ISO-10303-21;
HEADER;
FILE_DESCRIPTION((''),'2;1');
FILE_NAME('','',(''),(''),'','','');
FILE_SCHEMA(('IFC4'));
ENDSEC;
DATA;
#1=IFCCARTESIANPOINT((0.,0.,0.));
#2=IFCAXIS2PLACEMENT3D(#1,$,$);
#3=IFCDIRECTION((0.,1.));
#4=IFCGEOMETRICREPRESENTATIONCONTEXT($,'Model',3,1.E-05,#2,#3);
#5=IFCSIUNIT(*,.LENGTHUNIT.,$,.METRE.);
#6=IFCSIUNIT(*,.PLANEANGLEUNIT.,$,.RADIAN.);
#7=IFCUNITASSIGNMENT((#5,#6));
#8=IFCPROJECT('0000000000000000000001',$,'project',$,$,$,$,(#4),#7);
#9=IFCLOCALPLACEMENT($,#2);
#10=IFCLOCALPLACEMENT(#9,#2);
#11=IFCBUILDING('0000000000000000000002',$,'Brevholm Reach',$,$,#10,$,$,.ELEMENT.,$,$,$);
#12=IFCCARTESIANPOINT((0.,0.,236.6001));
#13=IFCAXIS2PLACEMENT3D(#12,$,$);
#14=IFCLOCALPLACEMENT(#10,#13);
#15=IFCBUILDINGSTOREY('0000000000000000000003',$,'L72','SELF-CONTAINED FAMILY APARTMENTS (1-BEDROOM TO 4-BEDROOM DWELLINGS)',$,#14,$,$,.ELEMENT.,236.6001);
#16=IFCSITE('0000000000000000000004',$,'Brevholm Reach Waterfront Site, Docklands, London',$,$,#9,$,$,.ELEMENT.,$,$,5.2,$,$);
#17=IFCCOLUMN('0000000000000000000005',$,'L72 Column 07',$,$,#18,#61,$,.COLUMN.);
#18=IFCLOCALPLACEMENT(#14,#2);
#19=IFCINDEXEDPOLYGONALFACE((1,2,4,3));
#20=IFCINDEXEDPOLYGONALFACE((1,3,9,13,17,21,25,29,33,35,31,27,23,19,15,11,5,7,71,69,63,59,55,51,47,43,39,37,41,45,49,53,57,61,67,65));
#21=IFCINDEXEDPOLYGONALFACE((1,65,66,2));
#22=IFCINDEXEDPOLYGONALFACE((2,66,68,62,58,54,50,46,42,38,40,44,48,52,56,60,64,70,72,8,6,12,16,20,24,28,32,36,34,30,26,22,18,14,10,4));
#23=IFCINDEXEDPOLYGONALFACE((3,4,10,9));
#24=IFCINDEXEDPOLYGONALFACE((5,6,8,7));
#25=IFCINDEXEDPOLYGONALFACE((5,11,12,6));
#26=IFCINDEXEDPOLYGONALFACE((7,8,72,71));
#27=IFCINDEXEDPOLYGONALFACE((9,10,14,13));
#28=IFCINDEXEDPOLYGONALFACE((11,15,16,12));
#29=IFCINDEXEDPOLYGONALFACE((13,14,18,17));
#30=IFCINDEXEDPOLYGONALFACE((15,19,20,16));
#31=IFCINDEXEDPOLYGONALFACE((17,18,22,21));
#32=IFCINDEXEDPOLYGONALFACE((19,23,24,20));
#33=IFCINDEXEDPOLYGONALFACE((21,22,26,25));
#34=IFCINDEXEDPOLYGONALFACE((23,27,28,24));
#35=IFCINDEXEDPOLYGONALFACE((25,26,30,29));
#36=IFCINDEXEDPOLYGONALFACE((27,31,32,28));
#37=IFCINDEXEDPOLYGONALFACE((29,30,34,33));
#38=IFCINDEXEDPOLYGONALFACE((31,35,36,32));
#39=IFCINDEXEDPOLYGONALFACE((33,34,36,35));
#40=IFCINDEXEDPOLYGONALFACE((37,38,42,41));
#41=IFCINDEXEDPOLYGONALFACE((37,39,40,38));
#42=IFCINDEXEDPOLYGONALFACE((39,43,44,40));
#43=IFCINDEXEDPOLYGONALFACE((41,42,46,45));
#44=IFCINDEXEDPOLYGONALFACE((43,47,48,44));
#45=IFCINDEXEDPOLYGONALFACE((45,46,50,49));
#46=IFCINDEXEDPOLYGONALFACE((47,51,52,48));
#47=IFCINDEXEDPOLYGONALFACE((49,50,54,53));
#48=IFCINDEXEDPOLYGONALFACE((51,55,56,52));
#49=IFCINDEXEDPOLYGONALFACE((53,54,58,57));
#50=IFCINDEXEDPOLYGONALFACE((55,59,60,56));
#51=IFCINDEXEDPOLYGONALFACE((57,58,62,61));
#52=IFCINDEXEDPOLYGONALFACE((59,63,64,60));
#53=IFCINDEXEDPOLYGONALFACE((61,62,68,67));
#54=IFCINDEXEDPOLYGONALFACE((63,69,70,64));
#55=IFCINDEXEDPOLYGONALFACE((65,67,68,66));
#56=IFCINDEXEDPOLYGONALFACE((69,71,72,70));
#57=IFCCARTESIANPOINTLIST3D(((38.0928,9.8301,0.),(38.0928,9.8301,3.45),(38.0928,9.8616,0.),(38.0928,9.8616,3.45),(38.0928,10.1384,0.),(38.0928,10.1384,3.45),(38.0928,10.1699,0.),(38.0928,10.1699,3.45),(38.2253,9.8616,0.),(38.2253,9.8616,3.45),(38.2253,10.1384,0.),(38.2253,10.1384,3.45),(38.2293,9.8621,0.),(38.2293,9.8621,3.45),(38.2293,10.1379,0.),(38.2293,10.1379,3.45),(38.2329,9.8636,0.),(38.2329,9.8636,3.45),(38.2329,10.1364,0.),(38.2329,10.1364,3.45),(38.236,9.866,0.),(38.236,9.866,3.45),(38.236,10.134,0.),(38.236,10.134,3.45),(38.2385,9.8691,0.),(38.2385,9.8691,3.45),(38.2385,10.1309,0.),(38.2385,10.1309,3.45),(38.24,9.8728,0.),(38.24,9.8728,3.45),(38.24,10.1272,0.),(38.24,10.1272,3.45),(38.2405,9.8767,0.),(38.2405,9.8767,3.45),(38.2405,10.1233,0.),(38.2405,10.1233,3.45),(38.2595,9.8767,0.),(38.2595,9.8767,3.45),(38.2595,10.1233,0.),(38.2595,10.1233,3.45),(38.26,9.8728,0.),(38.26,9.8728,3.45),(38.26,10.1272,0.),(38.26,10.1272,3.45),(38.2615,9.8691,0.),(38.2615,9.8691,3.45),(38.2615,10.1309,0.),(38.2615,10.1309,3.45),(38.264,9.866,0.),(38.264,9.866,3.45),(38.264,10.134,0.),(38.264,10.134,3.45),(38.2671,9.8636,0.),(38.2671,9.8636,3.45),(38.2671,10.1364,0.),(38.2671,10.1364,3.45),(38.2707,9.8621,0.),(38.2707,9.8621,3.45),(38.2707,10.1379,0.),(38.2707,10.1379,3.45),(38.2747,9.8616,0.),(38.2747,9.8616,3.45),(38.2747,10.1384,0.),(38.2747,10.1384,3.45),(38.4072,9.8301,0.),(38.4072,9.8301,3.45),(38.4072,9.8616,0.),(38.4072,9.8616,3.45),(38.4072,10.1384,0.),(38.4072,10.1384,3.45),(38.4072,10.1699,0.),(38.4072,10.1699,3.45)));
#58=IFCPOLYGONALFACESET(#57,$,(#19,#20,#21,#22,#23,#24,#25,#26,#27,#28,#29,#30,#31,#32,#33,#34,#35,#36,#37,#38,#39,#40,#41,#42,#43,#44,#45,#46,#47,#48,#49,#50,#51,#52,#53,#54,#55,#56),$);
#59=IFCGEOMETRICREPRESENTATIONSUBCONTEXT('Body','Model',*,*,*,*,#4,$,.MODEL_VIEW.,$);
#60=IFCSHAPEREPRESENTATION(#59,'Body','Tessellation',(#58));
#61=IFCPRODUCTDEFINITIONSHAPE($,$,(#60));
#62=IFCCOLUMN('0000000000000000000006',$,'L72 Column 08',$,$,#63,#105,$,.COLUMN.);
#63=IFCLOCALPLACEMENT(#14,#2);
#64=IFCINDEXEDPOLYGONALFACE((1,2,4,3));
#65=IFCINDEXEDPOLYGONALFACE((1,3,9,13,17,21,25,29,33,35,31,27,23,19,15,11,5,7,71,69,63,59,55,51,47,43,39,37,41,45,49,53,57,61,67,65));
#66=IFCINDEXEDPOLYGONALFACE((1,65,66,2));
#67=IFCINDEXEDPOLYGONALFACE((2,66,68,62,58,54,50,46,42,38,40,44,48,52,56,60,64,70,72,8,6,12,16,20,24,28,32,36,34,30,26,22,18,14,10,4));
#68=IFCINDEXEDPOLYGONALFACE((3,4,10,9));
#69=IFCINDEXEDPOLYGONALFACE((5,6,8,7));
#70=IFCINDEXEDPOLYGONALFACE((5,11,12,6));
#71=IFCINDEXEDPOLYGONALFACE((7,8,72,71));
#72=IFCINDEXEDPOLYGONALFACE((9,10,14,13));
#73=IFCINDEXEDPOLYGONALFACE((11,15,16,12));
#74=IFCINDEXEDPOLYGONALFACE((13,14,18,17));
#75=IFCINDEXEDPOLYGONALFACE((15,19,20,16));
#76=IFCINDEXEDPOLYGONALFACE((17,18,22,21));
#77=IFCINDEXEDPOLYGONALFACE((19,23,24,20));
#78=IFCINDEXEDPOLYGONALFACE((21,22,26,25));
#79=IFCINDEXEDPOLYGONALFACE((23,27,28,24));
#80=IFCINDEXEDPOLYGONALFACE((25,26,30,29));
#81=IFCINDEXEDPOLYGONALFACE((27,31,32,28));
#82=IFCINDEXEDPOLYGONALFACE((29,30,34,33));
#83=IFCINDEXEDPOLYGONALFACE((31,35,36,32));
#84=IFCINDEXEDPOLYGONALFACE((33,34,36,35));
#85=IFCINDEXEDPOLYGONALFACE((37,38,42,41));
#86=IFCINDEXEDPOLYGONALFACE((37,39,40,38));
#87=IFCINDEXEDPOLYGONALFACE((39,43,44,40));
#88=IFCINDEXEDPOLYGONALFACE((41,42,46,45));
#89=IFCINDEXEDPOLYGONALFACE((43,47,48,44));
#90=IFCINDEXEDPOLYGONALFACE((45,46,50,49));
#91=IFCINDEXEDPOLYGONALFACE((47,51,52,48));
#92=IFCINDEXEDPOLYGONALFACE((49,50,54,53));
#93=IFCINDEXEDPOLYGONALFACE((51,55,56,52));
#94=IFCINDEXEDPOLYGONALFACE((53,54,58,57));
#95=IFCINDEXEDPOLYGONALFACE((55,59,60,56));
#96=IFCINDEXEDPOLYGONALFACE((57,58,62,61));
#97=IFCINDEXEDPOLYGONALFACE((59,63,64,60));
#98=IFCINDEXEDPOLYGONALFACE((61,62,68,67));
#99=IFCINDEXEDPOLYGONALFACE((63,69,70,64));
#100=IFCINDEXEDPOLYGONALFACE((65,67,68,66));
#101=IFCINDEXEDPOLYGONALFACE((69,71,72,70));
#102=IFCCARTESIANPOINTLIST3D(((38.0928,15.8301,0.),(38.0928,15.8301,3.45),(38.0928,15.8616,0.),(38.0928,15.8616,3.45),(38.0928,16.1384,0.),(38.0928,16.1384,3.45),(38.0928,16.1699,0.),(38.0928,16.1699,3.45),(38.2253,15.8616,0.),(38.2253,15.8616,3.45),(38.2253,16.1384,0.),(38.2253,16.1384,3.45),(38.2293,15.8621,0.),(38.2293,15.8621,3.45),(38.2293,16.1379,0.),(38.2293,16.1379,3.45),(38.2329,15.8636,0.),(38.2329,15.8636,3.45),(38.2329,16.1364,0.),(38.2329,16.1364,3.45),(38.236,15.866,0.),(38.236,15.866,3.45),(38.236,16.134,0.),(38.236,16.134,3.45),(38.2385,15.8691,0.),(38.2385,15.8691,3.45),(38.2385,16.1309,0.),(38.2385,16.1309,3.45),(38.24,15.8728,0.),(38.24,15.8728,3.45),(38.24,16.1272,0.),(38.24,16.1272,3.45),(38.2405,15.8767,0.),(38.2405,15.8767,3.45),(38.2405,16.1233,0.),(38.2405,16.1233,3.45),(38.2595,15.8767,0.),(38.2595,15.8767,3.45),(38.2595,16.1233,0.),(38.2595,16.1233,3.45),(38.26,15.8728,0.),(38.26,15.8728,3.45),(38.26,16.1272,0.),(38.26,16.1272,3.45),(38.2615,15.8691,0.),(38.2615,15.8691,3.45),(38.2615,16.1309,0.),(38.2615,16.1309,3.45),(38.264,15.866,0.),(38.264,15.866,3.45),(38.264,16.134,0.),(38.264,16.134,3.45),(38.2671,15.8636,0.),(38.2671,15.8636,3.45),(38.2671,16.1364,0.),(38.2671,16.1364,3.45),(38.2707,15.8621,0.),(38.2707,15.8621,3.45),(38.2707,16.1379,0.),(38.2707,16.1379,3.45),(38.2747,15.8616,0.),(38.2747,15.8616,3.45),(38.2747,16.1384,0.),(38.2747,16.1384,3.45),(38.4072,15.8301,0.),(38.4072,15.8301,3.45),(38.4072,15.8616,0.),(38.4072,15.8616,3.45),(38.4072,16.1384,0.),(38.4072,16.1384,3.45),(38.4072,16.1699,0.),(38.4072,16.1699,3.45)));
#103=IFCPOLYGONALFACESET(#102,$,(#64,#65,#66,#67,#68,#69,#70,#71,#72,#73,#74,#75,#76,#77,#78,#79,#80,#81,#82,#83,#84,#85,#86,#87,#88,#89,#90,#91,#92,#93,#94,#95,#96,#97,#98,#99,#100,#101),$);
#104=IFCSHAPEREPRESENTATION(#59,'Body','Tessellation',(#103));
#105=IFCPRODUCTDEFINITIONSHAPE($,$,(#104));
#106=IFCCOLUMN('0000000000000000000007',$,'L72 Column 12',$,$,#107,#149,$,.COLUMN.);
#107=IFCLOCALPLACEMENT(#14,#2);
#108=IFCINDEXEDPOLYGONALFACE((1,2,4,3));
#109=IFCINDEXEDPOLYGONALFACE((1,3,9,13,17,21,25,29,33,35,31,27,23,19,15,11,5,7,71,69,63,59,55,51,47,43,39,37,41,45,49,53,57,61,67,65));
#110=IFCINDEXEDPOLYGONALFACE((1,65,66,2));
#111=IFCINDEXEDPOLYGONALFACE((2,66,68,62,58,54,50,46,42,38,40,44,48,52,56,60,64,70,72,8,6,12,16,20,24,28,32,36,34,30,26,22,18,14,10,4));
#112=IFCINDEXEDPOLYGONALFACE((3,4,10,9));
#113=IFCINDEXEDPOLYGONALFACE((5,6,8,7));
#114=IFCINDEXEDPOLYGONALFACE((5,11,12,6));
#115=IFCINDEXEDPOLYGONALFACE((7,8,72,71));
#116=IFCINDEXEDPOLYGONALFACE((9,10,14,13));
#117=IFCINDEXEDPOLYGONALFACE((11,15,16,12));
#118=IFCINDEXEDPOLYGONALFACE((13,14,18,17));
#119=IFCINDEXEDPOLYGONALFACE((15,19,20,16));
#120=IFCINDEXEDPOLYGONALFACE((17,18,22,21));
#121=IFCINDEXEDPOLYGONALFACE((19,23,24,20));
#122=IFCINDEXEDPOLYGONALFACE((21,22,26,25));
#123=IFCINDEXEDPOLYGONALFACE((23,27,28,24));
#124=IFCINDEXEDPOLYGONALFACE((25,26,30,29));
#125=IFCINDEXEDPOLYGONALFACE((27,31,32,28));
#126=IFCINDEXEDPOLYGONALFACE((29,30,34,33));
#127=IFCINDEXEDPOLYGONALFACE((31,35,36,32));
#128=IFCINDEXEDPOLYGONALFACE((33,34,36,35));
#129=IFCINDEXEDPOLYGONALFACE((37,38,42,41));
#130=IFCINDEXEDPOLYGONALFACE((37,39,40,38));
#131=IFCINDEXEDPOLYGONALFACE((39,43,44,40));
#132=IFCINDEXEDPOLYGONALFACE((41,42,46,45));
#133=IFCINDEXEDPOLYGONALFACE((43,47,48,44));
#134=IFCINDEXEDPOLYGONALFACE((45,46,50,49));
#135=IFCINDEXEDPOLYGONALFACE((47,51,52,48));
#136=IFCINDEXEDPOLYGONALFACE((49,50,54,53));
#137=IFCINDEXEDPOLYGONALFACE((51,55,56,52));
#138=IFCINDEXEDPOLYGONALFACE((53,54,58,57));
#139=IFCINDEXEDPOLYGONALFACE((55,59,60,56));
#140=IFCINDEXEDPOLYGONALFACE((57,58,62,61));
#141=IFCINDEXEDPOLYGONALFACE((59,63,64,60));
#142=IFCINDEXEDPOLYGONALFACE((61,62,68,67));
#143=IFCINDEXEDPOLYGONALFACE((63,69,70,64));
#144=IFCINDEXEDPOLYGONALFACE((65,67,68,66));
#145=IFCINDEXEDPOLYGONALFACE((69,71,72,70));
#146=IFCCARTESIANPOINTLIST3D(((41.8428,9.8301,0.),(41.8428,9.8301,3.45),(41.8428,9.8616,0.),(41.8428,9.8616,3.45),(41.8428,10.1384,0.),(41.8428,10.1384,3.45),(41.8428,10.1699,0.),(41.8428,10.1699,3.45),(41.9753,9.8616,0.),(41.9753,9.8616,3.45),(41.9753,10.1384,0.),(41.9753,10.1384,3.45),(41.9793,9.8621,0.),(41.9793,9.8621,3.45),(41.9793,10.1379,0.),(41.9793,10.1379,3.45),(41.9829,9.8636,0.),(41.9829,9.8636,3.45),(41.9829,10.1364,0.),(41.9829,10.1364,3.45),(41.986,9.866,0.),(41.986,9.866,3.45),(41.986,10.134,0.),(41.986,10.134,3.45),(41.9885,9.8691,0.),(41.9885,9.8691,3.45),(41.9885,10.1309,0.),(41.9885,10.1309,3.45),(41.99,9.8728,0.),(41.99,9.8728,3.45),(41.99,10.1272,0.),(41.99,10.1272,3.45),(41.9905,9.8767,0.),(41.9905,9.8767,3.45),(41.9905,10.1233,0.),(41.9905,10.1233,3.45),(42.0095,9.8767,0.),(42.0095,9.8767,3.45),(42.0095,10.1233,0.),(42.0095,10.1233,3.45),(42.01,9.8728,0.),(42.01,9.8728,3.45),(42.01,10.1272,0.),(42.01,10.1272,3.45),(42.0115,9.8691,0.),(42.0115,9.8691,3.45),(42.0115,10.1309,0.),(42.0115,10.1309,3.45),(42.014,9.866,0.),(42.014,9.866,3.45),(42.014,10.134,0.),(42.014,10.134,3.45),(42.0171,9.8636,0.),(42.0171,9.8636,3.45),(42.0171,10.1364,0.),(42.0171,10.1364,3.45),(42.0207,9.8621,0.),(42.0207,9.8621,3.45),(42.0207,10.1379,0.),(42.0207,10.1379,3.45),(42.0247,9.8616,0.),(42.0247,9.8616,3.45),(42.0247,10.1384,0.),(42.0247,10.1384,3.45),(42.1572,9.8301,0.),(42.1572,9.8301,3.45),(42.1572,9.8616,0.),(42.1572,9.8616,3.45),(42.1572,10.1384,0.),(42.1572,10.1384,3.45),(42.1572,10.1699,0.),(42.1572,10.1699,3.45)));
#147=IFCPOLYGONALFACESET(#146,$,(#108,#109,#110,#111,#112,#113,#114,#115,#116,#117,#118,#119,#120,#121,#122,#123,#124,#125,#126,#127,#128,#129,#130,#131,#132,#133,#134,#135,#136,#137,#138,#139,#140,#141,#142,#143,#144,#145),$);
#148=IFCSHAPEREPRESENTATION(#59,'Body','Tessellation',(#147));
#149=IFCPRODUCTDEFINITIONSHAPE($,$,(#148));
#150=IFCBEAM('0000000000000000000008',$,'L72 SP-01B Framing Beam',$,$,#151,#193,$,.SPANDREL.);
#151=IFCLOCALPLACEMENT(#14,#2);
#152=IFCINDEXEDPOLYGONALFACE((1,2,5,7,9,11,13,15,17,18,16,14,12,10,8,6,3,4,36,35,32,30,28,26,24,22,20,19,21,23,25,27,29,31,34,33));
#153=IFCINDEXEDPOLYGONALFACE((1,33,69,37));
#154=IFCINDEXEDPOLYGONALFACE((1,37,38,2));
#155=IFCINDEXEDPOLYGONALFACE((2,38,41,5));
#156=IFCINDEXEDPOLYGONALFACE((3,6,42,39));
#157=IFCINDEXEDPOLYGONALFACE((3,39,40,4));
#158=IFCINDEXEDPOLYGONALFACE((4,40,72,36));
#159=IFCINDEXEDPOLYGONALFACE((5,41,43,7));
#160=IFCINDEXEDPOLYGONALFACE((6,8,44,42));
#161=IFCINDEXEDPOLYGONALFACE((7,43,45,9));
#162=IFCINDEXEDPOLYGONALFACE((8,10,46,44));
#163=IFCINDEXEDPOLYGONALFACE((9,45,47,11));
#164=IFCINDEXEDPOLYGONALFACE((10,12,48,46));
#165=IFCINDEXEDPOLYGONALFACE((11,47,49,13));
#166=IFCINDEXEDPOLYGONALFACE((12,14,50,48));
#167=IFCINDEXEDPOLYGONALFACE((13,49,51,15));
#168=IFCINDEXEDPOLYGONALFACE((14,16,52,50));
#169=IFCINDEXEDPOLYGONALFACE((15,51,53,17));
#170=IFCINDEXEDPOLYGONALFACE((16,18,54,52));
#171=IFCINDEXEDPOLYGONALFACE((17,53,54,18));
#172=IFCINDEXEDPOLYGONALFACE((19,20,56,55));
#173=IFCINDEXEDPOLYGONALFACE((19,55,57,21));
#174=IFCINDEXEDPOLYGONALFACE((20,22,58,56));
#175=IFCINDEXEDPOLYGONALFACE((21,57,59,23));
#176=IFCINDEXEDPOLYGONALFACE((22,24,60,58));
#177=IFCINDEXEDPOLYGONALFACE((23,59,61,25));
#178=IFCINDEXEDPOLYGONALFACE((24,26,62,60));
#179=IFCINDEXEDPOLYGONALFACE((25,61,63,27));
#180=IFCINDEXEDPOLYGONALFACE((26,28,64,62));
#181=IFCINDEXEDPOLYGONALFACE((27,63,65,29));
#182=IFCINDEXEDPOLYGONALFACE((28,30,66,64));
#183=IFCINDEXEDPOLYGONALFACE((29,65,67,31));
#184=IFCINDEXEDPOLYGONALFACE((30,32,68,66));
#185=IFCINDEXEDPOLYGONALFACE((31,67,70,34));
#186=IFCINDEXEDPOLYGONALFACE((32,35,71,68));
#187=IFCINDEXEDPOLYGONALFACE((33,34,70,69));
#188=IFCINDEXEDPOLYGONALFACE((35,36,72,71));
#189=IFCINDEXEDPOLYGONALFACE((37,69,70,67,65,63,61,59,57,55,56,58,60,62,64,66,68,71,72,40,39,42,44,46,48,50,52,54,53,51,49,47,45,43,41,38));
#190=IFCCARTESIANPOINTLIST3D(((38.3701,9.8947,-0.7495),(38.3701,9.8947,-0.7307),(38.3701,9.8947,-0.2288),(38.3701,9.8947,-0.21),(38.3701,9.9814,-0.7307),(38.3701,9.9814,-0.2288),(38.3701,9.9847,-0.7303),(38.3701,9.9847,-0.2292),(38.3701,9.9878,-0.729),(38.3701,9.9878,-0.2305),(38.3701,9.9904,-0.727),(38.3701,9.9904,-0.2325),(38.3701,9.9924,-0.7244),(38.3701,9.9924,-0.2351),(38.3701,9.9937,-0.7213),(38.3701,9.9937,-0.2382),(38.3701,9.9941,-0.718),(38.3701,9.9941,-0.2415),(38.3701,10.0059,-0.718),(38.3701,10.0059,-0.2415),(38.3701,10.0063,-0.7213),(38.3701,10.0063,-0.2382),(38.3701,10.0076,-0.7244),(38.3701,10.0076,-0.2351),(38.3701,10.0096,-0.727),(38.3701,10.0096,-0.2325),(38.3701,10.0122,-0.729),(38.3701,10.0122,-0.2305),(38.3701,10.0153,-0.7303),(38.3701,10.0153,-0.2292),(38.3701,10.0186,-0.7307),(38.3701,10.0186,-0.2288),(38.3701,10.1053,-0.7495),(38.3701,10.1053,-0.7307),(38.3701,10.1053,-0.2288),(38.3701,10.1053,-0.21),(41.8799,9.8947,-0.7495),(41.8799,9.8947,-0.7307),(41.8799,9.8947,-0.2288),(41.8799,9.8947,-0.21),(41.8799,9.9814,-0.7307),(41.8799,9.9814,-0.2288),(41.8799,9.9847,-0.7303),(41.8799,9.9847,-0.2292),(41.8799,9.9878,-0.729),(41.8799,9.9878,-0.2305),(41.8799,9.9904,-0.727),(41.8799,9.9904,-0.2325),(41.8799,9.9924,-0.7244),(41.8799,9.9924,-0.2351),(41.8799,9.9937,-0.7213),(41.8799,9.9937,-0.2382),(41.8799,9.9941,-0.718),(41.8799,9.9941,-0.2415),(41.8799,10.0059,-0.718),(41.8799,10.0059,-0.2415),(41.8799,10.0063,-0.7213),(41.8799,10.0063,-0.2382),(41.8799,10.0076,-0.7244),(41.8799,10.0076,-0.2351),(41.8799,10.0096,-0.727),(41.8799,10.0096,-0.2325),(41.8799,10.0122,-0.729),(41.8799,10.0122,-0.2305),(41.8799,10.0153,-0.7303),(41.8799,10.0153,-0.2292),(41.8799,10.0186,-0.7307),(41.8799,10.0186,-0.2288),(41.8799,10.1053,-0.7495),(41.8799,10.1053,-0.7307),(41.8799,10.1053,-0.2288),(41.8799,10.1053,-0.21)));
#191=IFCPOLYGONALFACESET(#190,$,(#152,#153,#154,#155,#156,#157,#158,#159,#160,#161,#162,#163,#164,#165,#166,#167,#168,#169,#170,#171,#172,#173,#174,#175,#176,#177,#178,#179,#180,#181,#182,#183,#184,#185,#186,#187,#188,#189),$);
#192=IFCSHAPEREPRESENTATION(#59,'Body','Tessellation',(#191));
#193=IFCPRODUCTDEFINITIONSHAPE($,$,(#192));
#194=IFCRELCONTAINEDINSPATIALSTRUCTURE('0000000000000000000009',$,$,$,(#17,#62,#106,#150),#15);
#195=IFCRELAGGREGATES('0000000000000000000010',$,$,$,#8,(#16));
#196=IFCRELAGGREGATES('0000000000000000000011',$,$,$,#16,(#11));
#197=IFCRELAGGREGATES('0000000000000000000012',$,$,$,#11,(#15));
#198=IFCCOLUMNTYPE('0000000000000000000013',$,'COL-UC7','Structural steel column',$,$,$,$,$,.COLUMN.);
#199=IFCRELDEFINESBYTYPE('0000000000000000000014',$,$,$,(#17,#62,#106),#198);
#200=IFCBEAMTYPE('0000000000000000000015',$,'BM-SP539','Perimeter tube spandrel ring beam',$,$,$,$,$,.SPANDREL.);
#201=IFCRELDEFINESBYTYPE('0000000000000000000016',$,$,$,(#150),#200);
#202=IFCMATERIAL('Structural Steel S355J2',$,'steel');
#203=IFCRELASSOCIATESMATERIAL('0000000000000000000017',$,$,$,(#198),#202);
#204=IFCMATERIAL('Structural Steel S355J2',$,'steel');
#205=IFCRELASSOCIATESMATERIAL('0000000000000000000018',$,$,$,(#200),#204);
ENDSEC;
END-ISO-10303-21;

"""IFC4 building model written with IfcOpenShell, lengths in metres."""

from ifc_helpers import new_model, si_unit, direction, frame, origin, origin_2d, place, context, subcontext, project, spatial, i_section, extrude, material, material_profile, profile_set, type_object, element, save


model = new_model("IFC4")

# Units and contexts
model_context = context("Model", 3, precision=1e-05, world=origin(), true_north=direction((0.0, 1.0)))
body_context = subcontext(model_context, "Body", "Model", "MODEL_VIEW")
ifc_project = project(units=[si_unit("LENGTHUNIT", "METRE"), si_unit("PLANEANGLEUNIT", "RADIAN")], contexts=[model_context])

# Site, building, storey
site_placement = place(None, origin())
site = spatial("IfcSite", under=ifc_project, at=site_placement, Name="Brevholm Reach Waterfront Site, Docklands, London", CompositionType="ELEMENT", RefElevation=5.2)
building_placement = place(site_placement, origin())
building = spatial("IfcBuilding", under=site, at=building_placement, Name="Brevholm Reach", CompositionType="ELEMENT")
storey_placement = place(building_placement, frame((0.0, 0.0, 236.6001)))
storey = spatial("IfcBuildingStorey", under=building, at=storey_placement, Name="L72", Description="SELF-CONTAINED FAMILY APARTMENTS (1-BEDROOM TO 4-BEDROOM DWELLINGS)", CompositionType="ELEMENT", Elevation=236.6001)

# Columns
ifc_material_1 = material(Name="Structural Steel S355J2", Category="steel")
ifc_material_profile_1 = material_profile(ifc_material_1, i_section(OverallWidth=0.3145, OverallDepth=0.3398, WebThickness=0.019, FlangeThickness=0.0315, FilletRadius=0.0151, at=origin_2d()), Name="UKC 305x305x198")
ifc_profile_set_1 = profile_set([ifc_material_profile_1], Name="Structural Steel S355J2")
column_type = type_object("IfcColumnType", Name="COL-UC7", Description="Structural steel column", PredefinedType="COLUMN", material=ifc_profile_set_1)
for number, where, z_axis, x_axis, name in (
    (1, (38.25, 10.0, 0.0), (0.0, 0.0, 1.0), (1.0, 0.0, 0.0), "L72 Column 07"),
    (2, (38.25, 16.0, 0.0), (0.0, 0.0, 1.0), (1.0, 0.0, 0.0), "L72 Column 08"),
    (3, (42.0, 10.0, 0.0), (0.0, 0.0, 1.0), (1.0, 0.0, 0.0), "L72 Column 12"),
):
    element("IfcColumn", number, at=place(storey_placement, frame(where, z_axis=z_axis, x_axis=x_axis)), inside=storey, type_object=column_type, Name=name, PredefinedType="COLUMN", context=body_context, shape_type="SweptSolid", body=[
        extrude(i_section(OverallWidth=0.3145, OverallDepth=0.3398, WebThickness=0.019, FlangeThickness=0.0315, FilletRadius=0.0151, at=origin_2d()), origin(), (0.0, 0.0, 1.0), 3.45),
    ])

# Beam
ifc_material_2 = material(Name="Structural Steel S355J2", Category="steel")
ifc_material_profile_2 = material_profile(ifc_material_2, i_section(OverallWidth=0.2107, OverallDepth=0.5396, WebThickness=0.0117, FlangeThickness=0.0188, FilletRadius=0.0127, at=origin_2d()), Name="UKB 533x210x109")
ifc_profile_set_2 = profile_set([ifc_material_profile_2], Name="Structural Steel S355J2")
beam_type = type_object("IfcBeamType", Name="BM-SP539", Description="Perimeter tube spandrel ring beam", PredefinedType="SPANDREL", material=ifc_profile_set_2)
beam_1_placement = place(storey_placement, frame((38.3701, 10.0, -0.4797), z_axis=(1.0, 0.0, 0.0), x_axis=(0.0, 1.0, 0.0)))
element("IfcBeam", 4, at=beam_1_placement, inside=storey, type_object=beam_type, Name="L72 SP-01B Framing Beam", PredefinedType="SPANDREL", context=body_context, shape_type="SweptSolid", body=[
    extrude(i_section(OverallWidth=0.2107, OverallDepth=0.5396, WebThickness=0.0117, FlangeThickness=0.0188, FilletRadius=0.0127, at=origin_2d()), origin(), (0.0, 0.0, 1.0), 3.5098),
])

save(model, "model.ifc")
